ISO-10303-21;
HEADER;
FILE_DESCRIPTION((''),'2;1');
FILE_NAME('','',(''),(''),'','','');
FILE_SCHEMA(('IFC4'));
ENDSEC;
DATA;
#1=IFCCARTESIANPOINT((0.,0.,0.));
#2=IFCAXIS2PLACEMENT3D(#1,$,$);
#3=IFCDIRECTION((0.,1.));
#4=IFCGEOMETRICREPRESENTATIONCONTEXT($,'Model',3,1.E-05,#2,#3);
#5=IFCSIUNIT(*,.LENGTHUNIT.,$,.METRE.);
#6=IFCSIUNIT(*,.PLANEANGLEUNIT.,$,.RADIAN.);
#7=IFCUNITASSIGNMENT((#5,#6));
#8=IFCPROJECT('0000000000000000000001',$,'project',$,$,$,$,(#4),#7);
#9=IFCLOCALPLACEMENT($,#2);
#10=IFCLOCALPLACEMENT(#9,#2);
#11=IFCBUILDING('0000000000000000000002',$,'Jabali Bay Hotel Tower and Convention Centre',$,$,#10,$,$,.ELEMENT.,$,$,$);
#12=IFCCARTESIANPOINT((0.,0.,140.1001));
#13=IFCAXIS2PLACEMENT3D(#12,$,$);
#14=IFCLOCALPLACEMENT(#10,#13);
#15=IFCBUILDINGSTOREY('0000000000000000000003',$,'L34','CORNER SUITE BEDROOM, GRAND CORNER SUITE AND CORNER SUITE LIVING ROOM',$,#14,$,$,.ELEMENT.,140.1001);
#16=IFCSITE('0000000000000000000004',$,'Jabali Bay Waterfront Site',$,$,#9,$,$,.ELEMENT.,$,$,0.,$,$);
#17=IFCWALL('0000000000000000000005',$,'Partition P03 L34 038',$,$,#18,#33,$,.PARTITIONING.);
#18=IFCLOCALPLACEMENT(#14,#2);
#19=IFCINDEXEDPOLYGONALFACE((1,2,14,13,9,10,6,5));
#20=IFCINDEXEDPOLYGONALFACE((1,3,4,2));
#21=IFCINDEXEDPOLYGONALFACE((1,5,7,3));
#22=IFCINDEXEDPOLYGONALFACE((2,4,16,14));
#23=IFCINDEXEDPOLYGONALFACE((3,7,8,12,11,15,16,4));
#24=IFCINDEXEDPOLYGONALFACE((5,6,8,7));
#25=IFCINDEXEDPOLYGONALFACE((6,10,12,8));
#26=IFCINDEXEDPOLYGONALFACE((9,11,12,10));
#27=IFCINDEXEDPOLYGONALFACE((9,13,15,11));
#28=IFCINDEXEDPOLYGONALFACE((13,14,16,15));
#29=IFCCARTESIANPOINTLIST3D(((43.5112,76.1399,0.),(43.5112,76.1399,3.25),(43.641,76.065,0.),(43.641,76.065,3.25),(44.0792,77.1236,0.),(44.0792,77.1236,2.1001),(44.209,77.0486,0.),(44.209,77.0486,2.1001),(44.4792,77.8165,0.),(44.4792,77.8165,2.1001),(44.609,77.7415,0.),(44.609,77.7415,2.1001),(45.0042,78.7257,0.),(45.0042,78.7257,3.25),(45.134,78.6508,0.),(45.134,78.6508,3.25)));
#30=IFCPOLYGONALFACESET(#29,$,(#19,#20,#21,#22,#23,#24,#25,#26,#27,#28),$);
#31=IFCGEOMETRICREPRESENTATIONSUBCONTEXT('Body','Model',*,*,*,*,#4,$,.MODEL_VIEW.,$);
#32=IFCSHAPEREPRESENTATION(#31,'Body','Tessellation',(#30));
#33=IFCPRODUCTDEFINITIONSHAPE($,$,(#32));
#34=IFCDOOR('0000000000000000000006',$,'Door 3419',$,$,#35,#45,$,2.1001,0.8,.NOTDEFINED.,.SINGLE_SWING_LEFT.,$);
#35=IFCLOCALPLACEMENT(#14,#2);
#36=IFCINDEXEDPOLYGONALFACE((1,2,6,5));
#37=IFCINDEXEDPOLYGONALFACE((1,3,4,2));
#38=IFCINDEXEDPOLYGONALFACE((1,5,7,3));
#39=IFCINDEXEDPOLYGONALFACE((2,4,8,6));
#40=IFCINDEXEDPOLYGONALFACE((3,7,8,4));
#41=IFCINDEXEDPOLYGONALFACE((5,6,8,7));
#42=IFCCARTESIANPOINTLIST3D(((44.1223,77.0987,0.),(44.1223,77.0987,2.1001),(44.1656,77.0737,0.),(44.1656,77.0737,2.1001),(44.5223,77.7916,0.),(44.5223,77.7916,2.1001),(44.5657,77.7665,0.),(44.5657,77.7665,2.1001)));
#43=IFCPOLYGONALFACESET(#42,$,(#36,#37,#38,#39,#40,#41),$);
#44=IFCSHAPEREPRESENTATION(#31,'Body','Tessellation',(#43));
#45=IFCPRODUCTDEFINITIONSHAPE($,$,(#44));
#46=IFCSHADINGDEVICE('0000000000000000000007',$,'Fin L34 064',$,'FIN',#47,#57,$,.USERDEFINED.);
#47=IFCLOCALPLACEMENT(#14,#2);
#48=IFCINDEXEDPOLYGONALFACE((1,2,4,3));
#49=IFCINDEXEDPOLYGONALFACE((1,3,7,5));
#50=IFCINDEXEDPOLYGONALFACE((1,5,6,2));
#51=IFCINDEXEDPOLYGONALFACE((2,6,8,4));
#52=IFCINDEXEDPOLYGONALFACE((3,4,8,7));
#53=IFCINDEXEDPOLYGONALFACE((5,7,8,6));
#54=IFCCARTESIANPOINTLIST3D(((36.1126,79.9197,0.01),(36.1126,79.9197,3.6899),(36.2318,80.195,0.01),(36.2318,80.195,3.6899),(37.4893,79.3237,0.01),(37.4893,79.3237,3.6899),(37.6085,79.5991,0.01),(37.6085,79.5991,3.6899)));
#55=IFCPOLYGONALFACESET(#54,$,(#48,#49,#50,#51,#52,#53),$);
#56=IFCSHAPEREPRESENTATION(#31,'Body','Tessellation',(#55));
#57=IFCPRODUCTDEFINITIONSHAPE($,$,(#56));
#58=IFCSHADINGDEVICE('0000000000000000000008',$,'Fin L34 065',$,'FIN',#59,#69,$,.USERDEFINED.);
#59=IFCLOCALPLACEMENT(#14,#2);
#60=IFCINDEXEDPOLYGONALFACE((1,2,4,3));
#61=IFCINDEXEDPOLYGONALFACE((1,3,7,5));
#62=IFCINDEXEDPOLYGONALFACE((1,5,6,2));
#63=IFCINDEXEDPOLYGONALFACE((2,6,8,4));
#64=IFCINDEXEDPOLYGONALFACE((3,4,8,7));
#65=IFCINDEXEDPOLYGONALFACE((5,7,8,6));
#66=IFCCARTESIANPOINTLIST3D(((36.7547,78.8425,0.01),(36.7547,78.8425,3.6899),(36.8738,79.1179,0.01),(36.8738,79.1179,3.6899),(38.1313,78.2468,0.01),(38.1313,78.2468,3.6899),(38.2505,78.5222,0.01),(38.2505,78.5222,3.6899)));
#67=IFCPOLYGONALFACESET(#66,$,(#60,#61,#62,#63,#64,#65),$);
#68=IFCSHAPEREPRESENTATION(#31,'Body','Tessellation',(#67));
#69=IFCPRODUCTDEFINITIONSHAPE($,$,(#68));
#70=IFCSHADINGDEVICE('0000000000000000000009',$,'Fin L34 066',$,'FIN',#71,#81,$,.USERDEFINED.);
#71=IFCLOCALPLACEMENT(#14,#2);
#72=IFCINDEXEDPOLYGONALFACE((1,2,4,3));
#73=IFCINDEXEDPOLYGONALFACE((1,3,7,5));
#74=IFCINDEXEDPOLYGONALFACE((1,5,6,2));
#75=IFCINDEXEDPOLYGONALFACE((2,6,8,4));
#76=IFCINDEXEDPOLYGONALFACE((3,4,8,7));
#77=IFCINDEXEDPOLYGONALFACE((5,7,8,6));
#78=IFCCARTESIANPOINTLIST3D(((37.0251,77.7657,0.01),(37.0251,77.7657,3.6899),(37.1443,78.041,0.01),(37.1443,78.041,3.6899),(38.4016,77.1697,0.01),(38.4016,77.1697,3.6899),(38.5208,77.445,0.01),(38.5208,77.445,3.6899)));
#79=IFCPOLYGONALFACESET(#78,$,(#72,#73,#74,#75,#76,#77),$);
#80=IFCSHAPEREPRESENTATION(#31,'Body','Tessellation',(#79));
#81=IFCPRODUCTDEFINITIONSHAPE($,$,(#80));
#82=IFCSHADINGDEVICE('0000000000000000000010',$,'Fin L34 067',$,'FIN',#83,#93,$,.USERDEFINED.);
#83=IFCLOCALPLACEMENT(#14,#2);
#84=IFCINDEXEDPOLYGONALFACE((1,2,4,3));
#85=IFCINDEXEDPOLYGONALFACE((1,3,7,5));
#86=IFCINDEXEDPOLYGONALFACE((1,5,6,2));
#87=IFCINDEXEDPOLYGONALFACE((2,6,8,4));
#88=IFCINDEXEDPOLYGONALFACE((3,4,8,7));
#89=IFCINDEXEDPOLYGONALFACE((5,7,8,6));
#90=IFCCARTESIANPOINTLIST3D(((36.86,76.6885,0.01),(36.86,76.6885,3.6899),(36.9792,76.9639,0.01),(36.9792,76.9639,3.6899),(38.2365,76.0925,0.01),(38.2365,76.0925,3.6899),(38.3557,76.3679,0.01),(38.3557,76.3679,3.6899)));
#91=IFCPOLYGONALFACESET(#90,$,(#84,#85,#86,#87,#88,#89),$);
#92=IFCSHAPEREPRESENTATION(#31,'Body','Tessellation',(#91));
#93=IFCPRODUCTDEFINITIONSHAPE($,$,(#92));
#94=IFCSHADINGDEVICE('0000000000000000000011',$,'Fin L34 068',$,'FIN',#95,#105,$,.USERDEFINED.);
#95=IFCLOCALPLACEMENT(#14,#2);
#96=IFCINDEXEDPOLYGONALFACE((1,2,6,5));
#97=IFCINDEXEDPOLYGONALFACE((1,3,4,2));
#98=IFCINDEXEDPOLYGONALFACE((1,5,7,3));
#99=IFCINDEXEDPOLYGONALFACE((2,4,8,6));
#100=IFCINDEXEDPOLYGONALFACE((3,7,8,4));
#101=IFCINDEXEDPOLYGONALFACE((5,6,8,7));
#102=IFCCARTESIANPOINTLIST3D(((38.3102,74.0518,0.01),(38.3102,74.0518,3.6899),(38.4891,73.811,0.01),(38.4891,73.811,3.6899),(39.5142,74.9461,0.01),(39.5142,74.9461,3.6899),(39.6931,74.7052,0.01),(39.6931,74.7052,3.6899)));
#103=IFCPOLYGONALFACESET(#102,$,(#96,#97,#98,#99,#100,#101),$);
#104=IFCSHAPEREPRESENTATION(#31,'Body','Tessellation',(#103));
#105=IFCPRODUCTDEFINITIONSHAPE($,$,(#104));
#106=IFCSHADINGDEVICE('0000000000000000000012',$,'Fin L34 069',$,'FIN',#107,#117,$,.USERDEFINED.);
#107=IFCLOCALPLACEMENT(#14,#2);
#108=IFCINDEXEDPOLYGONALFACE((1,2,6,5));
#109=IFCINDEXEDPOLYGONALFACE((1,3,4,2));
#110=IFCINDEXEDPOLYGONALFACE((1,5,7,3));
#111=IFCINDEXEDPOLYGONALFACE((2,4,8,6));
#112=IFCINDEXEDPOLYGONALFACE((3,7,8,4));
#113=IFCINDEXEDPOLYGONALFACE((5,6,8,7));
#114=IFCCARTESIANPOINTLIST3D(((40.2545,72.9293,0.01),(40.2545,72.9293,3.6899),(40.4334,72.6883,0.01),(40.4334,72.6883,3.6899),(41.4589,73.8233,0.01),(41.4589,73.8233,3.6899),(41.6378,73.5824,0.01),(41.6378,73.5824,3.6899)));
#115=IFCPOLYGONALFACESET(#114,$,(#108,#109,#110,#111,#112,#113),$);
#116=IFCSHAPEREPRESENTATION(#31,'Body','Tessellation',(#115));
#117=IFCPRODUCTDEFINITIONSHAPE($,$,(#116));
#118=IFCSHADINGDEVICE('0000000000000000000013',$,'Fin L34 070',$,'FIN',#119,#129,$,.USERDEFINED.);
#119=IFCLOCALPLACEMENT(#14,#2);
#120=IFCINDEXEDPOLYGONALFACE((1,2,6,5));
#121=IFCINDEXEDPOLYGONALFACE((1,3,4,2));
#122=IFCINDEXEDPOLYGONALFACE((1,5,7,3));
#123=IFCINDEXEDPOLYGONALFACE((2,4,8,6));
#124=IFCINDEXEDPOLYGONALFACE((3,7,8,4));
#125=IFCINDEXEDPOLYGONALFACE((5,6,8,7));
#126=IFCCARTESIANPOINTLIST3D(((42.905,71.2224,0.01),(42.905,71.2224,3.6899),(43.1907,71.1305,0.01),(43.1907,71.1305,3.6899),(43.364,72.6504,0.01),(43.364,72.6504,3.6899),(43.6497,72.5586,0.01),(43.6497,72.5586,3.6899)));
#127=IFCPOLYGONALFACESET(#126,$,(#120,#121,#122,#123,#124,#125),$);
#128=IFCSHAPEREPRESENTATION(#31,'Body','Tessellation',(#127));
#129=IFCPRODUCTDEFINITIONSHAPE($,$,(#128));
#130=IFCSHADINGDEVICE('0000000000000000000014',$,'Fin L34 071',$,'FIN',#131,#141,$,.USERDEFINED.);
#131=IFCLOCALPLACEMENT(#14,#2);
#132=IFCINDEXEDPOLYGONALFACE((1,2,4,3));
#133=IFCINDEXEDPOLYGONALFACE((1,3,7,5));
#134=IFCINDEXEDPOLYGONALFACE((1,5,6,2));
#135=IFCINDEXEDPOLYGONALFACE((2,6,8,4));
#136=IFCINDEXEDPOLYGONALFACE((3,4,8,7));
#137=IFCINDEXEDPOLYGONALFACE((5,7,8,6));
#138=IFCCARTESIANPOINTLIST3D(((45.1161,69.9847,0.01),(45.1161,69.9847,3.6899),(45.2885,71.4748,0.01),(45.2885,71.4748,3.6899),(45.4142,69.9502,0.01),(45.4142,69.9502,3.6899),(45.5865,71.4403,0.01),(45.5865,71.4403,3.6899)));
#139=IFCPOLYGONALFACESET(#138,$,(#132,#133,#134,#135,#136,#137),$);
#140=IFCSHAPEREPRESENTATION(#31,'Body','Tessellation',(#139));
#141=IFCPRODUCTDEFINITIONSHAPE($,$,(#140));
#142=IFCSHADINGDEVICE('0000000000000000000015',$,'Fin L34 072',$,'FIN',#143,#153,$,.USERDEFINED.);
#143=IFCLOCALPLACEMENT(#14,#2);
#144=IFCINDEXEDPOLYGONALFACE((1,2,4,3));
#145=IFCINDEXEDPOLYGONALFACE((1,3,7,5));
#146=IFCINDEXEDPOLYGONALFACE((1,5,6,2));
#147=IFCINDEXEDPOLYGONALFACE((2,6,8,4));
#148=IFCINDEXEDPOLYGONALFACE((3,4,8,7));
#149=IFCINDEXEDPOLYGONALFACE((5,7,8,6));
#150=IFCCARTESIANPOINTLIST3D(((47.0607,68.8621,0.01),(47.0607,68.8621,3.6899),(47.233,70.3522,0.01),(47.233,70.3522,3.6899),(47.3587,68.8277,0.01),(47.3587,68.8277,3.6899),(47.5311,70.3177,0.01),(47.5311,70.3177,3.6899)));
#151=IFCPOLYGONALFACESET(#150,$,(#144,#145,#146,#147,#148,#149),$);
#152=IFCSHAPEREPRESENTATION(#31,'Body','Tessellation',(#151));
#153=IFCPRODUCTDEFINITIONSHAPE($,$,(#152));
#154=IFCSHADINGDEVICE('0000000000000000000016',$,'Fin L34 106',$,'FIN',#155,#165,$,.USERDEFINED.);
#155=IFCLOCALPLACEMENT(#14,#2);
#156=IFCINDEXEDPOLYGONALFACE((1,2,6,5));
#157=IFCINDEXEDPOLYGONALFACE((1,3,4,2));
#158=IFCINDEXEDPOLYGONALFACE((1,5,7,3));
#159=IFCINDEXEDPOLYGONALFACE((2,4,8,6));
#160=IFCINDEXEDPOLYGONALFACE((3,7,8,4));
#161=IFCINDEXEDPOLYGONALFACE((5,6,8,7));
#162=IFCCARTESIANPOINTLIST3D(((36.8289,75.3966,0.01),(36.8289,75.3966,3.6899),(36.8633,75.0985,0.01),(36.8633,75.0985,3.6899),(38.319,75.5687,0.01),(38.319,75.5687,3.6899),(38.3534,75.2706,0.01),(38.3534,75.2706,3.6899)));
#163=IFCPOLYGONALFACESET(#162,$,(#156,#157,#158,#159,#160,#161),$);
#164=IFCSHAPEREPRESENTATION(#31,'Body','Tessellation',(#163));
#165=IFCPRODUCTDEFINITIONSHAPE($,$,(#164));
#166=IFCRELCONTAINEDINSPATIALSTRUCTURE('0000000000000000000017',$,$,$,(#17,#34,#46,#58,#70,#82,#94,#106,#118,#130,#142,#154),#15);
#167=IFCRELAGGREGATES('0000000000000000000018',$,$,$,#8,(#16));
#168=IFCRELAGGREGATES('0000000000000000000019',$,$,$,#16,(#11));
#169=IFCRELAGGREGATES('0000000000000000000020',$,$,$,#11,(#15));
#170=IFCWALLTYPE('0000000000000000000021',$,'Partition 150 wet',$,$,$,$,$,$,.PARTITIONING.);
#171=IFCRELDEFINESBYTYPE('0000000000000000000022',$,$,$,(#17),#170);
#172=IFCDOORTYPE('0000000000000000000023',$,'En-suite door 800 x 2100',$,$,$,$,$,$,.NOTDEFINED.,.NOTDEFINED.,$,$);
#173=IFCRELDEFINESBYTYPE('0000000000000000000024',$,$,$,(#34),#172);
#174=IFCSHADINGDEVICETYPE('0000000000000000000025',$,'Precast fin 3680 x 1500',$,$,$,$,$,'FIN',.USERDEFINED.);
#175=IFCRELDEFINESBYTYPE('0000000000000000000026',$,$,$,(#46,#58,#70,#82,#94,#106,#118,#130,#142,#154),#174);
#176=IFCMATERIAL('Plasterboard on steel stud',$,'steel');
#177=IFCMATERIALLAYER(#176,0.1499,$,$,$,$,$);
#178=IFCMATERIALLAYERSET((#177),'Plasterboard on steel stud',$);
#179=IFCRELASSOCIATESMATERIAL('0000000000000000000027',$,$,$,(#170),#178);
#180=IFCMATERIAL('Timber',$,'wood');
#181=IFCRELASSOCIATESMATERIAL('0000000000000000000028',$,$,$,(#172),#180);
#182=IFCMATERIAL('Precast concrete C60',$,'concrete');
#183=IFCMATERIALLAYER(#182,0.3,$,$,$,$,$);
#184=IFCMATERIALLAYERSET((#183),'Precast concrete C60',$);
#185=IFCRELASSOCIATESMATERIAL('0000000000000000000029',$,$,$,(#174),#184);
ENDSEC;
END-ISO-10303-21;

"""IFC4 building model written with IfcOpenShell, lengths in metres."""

from ifc_helpers import new_model, si_unit, direction, frame, frame_2d, origin, place, context, subcontext, project, spatial, rectangle, extrude, material, layer, layer_set, type_object, element, fill, save


model = new_model("IFC4")

# Units and contexts
model_context = context("Model", 3, precision=1e-05, world=origin(), true_north=direction((0.0, 1.0)))
body_context = subcontext(model_context, "Body", "Model", "MODEL_VIEW")
ifc_project = project(units=[si_unit("LENGTHUNIT", "METRE"), si_unit("PLANEANGLEUNIT", "RADIAN")], contexts=[model_context])

# Site, building, storey
site_placement = place(None, origin())
site = spatial("IfcSite", under=ifc_project, at=site_placement, Name="Jabali Bay Waterfront Site", CompositionType="ELEMENT", RefElevation=0.0)
building_placement = place(site_placement, origin())
building = spatial("IfcBuilding", under=site, at=building_placement, Name="Jabali Bay Hotel Tower and Convention Centre", CompositionType="ELEMENT")
storey_placement = place(building_placement, frame((0.0, 0.0, 140.1001)))
storey = spatial("IfcBuildingStorey", under=building, at=storey_placement, Name="L34", Description="CORNER SUITE BEDROOM, GRAND CORNER SUITE AND CORNER SUITE LIVING ROOM", CompositionType="ELEMENT", Elevation=140.1001)

# Shared definitions
ifc_material_1 = material(Name="Plasterboard on steel stud", Category="steel")
ifc_layer_1 = layer(ifc_material_1, 0.1499)
ifc_layer_set_1 = layer_set([ifc_layer_1], Name="Plasterboard on steel stud")
wall_type_1 = type_object("IfcWallType", Name="Partition 150 wet", PredefinedType="PARTITIONING", material=ifc_layer_set_1)

# Wall, opening, door
wall_1_placement = place(storey_placement, frame((45.0691, 78.6882, 0.0), z_axis=(0.0, 0.0, 1.0), x_axis=(-0.500017, -0.866015, 0.0)))
wall_1 = element("IfcWall", 1, at=wall_1_placement, inside=storey, type_object=wall_type_1, Name="Partition P03 L34 038", PredefinedType="PARTITIONING", context=body_context, shape_type="SweptSolid", body=[
    extrude(rectangle(XDim=2.9858, YDim=0.1499, at=frame_2d((1.4929, 0.0))), origin(), (0.0, 0.0, 1.0), 3.25),
])
opening_1_placement = place(wall_1_placement, frame((1.05, 0.0, 0.0)))
opening_1 = element("IfcOpeningElement", 2, at=opening_1_placement, cuts=wall_1, PredefinedType="OPENING", context=body_context, shape_type="SweptSolid", body=[
    extrude(rectangle(XDim=0.8, YDim=2.1001, at=frame_2d((0.3999, 1.05))), frame((0.0, 0.0854, 0.0), z_axis=(0.0, -1.0, 0.0), x_axis=(1.0, 0.0, 0.0)), (0.0, 0.0, 1.0), 0.1709),
])
ifc_material_2 = material(Name="Timber", Category="wood")
door_type = type_object("IfcDoorType", Name="En-suite door 800 x 2100", OperationType="NOTDEFINED", PredefinedType="NOTDEFINED", material=ifc_material_2)
door_placement = place(opening_1_placement, origin())
door = element("IfcDoor", 3, at=door_placement, inside=storey, type_object=door_type, Name="Door 3419", OperationType="SINGLE_SWING_LEFT", OverallHeight=2.1001, OverallWidth=0.8, PredefinedType="NOTDEFINED", context=body_context, shape_type="SweptSolid", body=[
    extrude(rectangle(XDim=0.8, YDim=2.1001, at=frame_2d((0.3999, 1.05))), frame((0.0, 0.0249, 0.0), z_axis=(0.0, -1.0, 0.0), x_axis=(1.0, 0.0, 0.0)), (0.0, 0.0, 1.0), 0.05),
])
fill(opening_1, door)

# Shading devices
ifc_material_3 = material(Name="Precast concrete C60", Category="concrete")
ifc_layer_2 = layer(ifc_material_3, 0.3)
ifc_layer_set_2 = layer_set([ifc_layer_2], Name="Precast concrete C60")
shading_device_type = type_object("IfcShadingDeviceType", Name="Precast fin 3680 x 1500", ElementType="FIN", PredefinedType="USERDEFINED", material=ifc_layer_set_2)
shading_device_1_placement = place(storey_placement, frame((37.5488, 79.4614, 0.01), z_axis=(0.0, 0.0, 1.0), x_axis=(-0.917708, 0.397256, 0.0)))
element("IfcShadingDevice", 4, at=shading_device_1_placement, inside=storey, type_object=shading_device_type, Name="Fin L34 064", ObjectType="FIN", PredefinedType="USERDEFINED", context=body_context, shape_type="SweptSolid", body=[
    extrude(rectangle(XDim=1.5002, YDim=0.3, at=frame_2d((0.75, 0.0))), origin(), (0.0, 0.0, 1.0), 3.6799),
])
for number, where, z_axis, x_axis, name in (
    (5, (38.1909, 78.3845, 0.01), (0.0, 0.0, 1.0), (-0.917767, 0.397119, 0.0), "Fin L34 065"),
    (6, (38.4612, 77.3074, 0.01), (0.0, 0.0, 1.0), (-0.917682, 0.397315, 0.0), "Fin L34 066"),
    (7, (38.2961, 76.2302, 0.01), (0.0, 0.0, 1.0), (-0.917682, 0.397315, 0.0), "Fin L34 067"),
):
    element("IfcShadingDevice", number, at=place(storey_placement, frame(where, z_axis=z_axis, x_axis=x_axis)), inside=storey, type_object=shading_device_type, Name=name, ObjectType="FIN", PredefinedType="USERDEFINED", context=body_context, shape_type="SweptSolid", body=[
        extrude(rectangle(XDim=1.5, YDim=0.3, at=frame_2d((0.75, 0.0))), origin(), (0.0, 0.0, 1.0), 3.6799),
    ])
shading_device_2_placement = place(storey_placement, frame((39.6038, 74.8257, 0.01), z_axis=(0.0, 0.0, 1.0), x_axis=(-0.802804, -0.596243, 0.0)))
element("IfcShadingDevice", 8, at=shading_device_2_placement, inside=storey, type_object=shading_device_type, Name="Fin L34 068", ObjectType="FIN", PredefinedType="USERDEFINED", context=body_context, shape_type="SweptSolid", body=[
    extrude(rectangle(XDim=1.4998, YDim=0.3, at=frame_2d((0.75, 0.0))), origin(), (0.0, 0.0, 1.0), 3.6799),
])
for number, where, z_axis, x_axis, name in (
    (9, (41.5483, 73.7029, 0.01), (0.0, 0.0, 1.0), (-0.80294, -0.59606, 0.0), "Fin L34 069"),
    (10, (43.5068, 72.6045, 0.01), (0.0, 0.0, 1.0), (-0.306004, -0.95203, 0.0), "Fin L34 070"),
    (11, (45.4375, 71.4575, 0.01), (0.0, 0.0, 1.0), (-0.114914, -0.993375, 0.0), "Fin L34 071"),
    (12, (47.3821, 70.335, 0.01), (0.0, 0.0, 1.0), (-0.114914, -0.993375, 0.0), "Fin L34 072"),
    (13, (38.3362, 75.4197, 0.01), (0.0, 0.0, 1.0), (-0.993394, -0.114754, 0.0), "Fin L34 106"),
):
    element("IfcShadingDevice", number, at=place(storey_placement, frame(where, z_axis=z_axis, x_axis=x_axis)), inside=storey, type_object=shading_device_type, Name=name, ObjectType="FIN", PredefinedType="USERDEFINED", context=body_context, shape_type="SweptSolid", body=[
        extrude(rectangle(XDim=1.5, YDim=0.3, at=frame_2d((0.75, 0.0))), origin(), (0.0, 0.0, 1.0), 3.6799),
    ])

save(model, "model.ifc")
